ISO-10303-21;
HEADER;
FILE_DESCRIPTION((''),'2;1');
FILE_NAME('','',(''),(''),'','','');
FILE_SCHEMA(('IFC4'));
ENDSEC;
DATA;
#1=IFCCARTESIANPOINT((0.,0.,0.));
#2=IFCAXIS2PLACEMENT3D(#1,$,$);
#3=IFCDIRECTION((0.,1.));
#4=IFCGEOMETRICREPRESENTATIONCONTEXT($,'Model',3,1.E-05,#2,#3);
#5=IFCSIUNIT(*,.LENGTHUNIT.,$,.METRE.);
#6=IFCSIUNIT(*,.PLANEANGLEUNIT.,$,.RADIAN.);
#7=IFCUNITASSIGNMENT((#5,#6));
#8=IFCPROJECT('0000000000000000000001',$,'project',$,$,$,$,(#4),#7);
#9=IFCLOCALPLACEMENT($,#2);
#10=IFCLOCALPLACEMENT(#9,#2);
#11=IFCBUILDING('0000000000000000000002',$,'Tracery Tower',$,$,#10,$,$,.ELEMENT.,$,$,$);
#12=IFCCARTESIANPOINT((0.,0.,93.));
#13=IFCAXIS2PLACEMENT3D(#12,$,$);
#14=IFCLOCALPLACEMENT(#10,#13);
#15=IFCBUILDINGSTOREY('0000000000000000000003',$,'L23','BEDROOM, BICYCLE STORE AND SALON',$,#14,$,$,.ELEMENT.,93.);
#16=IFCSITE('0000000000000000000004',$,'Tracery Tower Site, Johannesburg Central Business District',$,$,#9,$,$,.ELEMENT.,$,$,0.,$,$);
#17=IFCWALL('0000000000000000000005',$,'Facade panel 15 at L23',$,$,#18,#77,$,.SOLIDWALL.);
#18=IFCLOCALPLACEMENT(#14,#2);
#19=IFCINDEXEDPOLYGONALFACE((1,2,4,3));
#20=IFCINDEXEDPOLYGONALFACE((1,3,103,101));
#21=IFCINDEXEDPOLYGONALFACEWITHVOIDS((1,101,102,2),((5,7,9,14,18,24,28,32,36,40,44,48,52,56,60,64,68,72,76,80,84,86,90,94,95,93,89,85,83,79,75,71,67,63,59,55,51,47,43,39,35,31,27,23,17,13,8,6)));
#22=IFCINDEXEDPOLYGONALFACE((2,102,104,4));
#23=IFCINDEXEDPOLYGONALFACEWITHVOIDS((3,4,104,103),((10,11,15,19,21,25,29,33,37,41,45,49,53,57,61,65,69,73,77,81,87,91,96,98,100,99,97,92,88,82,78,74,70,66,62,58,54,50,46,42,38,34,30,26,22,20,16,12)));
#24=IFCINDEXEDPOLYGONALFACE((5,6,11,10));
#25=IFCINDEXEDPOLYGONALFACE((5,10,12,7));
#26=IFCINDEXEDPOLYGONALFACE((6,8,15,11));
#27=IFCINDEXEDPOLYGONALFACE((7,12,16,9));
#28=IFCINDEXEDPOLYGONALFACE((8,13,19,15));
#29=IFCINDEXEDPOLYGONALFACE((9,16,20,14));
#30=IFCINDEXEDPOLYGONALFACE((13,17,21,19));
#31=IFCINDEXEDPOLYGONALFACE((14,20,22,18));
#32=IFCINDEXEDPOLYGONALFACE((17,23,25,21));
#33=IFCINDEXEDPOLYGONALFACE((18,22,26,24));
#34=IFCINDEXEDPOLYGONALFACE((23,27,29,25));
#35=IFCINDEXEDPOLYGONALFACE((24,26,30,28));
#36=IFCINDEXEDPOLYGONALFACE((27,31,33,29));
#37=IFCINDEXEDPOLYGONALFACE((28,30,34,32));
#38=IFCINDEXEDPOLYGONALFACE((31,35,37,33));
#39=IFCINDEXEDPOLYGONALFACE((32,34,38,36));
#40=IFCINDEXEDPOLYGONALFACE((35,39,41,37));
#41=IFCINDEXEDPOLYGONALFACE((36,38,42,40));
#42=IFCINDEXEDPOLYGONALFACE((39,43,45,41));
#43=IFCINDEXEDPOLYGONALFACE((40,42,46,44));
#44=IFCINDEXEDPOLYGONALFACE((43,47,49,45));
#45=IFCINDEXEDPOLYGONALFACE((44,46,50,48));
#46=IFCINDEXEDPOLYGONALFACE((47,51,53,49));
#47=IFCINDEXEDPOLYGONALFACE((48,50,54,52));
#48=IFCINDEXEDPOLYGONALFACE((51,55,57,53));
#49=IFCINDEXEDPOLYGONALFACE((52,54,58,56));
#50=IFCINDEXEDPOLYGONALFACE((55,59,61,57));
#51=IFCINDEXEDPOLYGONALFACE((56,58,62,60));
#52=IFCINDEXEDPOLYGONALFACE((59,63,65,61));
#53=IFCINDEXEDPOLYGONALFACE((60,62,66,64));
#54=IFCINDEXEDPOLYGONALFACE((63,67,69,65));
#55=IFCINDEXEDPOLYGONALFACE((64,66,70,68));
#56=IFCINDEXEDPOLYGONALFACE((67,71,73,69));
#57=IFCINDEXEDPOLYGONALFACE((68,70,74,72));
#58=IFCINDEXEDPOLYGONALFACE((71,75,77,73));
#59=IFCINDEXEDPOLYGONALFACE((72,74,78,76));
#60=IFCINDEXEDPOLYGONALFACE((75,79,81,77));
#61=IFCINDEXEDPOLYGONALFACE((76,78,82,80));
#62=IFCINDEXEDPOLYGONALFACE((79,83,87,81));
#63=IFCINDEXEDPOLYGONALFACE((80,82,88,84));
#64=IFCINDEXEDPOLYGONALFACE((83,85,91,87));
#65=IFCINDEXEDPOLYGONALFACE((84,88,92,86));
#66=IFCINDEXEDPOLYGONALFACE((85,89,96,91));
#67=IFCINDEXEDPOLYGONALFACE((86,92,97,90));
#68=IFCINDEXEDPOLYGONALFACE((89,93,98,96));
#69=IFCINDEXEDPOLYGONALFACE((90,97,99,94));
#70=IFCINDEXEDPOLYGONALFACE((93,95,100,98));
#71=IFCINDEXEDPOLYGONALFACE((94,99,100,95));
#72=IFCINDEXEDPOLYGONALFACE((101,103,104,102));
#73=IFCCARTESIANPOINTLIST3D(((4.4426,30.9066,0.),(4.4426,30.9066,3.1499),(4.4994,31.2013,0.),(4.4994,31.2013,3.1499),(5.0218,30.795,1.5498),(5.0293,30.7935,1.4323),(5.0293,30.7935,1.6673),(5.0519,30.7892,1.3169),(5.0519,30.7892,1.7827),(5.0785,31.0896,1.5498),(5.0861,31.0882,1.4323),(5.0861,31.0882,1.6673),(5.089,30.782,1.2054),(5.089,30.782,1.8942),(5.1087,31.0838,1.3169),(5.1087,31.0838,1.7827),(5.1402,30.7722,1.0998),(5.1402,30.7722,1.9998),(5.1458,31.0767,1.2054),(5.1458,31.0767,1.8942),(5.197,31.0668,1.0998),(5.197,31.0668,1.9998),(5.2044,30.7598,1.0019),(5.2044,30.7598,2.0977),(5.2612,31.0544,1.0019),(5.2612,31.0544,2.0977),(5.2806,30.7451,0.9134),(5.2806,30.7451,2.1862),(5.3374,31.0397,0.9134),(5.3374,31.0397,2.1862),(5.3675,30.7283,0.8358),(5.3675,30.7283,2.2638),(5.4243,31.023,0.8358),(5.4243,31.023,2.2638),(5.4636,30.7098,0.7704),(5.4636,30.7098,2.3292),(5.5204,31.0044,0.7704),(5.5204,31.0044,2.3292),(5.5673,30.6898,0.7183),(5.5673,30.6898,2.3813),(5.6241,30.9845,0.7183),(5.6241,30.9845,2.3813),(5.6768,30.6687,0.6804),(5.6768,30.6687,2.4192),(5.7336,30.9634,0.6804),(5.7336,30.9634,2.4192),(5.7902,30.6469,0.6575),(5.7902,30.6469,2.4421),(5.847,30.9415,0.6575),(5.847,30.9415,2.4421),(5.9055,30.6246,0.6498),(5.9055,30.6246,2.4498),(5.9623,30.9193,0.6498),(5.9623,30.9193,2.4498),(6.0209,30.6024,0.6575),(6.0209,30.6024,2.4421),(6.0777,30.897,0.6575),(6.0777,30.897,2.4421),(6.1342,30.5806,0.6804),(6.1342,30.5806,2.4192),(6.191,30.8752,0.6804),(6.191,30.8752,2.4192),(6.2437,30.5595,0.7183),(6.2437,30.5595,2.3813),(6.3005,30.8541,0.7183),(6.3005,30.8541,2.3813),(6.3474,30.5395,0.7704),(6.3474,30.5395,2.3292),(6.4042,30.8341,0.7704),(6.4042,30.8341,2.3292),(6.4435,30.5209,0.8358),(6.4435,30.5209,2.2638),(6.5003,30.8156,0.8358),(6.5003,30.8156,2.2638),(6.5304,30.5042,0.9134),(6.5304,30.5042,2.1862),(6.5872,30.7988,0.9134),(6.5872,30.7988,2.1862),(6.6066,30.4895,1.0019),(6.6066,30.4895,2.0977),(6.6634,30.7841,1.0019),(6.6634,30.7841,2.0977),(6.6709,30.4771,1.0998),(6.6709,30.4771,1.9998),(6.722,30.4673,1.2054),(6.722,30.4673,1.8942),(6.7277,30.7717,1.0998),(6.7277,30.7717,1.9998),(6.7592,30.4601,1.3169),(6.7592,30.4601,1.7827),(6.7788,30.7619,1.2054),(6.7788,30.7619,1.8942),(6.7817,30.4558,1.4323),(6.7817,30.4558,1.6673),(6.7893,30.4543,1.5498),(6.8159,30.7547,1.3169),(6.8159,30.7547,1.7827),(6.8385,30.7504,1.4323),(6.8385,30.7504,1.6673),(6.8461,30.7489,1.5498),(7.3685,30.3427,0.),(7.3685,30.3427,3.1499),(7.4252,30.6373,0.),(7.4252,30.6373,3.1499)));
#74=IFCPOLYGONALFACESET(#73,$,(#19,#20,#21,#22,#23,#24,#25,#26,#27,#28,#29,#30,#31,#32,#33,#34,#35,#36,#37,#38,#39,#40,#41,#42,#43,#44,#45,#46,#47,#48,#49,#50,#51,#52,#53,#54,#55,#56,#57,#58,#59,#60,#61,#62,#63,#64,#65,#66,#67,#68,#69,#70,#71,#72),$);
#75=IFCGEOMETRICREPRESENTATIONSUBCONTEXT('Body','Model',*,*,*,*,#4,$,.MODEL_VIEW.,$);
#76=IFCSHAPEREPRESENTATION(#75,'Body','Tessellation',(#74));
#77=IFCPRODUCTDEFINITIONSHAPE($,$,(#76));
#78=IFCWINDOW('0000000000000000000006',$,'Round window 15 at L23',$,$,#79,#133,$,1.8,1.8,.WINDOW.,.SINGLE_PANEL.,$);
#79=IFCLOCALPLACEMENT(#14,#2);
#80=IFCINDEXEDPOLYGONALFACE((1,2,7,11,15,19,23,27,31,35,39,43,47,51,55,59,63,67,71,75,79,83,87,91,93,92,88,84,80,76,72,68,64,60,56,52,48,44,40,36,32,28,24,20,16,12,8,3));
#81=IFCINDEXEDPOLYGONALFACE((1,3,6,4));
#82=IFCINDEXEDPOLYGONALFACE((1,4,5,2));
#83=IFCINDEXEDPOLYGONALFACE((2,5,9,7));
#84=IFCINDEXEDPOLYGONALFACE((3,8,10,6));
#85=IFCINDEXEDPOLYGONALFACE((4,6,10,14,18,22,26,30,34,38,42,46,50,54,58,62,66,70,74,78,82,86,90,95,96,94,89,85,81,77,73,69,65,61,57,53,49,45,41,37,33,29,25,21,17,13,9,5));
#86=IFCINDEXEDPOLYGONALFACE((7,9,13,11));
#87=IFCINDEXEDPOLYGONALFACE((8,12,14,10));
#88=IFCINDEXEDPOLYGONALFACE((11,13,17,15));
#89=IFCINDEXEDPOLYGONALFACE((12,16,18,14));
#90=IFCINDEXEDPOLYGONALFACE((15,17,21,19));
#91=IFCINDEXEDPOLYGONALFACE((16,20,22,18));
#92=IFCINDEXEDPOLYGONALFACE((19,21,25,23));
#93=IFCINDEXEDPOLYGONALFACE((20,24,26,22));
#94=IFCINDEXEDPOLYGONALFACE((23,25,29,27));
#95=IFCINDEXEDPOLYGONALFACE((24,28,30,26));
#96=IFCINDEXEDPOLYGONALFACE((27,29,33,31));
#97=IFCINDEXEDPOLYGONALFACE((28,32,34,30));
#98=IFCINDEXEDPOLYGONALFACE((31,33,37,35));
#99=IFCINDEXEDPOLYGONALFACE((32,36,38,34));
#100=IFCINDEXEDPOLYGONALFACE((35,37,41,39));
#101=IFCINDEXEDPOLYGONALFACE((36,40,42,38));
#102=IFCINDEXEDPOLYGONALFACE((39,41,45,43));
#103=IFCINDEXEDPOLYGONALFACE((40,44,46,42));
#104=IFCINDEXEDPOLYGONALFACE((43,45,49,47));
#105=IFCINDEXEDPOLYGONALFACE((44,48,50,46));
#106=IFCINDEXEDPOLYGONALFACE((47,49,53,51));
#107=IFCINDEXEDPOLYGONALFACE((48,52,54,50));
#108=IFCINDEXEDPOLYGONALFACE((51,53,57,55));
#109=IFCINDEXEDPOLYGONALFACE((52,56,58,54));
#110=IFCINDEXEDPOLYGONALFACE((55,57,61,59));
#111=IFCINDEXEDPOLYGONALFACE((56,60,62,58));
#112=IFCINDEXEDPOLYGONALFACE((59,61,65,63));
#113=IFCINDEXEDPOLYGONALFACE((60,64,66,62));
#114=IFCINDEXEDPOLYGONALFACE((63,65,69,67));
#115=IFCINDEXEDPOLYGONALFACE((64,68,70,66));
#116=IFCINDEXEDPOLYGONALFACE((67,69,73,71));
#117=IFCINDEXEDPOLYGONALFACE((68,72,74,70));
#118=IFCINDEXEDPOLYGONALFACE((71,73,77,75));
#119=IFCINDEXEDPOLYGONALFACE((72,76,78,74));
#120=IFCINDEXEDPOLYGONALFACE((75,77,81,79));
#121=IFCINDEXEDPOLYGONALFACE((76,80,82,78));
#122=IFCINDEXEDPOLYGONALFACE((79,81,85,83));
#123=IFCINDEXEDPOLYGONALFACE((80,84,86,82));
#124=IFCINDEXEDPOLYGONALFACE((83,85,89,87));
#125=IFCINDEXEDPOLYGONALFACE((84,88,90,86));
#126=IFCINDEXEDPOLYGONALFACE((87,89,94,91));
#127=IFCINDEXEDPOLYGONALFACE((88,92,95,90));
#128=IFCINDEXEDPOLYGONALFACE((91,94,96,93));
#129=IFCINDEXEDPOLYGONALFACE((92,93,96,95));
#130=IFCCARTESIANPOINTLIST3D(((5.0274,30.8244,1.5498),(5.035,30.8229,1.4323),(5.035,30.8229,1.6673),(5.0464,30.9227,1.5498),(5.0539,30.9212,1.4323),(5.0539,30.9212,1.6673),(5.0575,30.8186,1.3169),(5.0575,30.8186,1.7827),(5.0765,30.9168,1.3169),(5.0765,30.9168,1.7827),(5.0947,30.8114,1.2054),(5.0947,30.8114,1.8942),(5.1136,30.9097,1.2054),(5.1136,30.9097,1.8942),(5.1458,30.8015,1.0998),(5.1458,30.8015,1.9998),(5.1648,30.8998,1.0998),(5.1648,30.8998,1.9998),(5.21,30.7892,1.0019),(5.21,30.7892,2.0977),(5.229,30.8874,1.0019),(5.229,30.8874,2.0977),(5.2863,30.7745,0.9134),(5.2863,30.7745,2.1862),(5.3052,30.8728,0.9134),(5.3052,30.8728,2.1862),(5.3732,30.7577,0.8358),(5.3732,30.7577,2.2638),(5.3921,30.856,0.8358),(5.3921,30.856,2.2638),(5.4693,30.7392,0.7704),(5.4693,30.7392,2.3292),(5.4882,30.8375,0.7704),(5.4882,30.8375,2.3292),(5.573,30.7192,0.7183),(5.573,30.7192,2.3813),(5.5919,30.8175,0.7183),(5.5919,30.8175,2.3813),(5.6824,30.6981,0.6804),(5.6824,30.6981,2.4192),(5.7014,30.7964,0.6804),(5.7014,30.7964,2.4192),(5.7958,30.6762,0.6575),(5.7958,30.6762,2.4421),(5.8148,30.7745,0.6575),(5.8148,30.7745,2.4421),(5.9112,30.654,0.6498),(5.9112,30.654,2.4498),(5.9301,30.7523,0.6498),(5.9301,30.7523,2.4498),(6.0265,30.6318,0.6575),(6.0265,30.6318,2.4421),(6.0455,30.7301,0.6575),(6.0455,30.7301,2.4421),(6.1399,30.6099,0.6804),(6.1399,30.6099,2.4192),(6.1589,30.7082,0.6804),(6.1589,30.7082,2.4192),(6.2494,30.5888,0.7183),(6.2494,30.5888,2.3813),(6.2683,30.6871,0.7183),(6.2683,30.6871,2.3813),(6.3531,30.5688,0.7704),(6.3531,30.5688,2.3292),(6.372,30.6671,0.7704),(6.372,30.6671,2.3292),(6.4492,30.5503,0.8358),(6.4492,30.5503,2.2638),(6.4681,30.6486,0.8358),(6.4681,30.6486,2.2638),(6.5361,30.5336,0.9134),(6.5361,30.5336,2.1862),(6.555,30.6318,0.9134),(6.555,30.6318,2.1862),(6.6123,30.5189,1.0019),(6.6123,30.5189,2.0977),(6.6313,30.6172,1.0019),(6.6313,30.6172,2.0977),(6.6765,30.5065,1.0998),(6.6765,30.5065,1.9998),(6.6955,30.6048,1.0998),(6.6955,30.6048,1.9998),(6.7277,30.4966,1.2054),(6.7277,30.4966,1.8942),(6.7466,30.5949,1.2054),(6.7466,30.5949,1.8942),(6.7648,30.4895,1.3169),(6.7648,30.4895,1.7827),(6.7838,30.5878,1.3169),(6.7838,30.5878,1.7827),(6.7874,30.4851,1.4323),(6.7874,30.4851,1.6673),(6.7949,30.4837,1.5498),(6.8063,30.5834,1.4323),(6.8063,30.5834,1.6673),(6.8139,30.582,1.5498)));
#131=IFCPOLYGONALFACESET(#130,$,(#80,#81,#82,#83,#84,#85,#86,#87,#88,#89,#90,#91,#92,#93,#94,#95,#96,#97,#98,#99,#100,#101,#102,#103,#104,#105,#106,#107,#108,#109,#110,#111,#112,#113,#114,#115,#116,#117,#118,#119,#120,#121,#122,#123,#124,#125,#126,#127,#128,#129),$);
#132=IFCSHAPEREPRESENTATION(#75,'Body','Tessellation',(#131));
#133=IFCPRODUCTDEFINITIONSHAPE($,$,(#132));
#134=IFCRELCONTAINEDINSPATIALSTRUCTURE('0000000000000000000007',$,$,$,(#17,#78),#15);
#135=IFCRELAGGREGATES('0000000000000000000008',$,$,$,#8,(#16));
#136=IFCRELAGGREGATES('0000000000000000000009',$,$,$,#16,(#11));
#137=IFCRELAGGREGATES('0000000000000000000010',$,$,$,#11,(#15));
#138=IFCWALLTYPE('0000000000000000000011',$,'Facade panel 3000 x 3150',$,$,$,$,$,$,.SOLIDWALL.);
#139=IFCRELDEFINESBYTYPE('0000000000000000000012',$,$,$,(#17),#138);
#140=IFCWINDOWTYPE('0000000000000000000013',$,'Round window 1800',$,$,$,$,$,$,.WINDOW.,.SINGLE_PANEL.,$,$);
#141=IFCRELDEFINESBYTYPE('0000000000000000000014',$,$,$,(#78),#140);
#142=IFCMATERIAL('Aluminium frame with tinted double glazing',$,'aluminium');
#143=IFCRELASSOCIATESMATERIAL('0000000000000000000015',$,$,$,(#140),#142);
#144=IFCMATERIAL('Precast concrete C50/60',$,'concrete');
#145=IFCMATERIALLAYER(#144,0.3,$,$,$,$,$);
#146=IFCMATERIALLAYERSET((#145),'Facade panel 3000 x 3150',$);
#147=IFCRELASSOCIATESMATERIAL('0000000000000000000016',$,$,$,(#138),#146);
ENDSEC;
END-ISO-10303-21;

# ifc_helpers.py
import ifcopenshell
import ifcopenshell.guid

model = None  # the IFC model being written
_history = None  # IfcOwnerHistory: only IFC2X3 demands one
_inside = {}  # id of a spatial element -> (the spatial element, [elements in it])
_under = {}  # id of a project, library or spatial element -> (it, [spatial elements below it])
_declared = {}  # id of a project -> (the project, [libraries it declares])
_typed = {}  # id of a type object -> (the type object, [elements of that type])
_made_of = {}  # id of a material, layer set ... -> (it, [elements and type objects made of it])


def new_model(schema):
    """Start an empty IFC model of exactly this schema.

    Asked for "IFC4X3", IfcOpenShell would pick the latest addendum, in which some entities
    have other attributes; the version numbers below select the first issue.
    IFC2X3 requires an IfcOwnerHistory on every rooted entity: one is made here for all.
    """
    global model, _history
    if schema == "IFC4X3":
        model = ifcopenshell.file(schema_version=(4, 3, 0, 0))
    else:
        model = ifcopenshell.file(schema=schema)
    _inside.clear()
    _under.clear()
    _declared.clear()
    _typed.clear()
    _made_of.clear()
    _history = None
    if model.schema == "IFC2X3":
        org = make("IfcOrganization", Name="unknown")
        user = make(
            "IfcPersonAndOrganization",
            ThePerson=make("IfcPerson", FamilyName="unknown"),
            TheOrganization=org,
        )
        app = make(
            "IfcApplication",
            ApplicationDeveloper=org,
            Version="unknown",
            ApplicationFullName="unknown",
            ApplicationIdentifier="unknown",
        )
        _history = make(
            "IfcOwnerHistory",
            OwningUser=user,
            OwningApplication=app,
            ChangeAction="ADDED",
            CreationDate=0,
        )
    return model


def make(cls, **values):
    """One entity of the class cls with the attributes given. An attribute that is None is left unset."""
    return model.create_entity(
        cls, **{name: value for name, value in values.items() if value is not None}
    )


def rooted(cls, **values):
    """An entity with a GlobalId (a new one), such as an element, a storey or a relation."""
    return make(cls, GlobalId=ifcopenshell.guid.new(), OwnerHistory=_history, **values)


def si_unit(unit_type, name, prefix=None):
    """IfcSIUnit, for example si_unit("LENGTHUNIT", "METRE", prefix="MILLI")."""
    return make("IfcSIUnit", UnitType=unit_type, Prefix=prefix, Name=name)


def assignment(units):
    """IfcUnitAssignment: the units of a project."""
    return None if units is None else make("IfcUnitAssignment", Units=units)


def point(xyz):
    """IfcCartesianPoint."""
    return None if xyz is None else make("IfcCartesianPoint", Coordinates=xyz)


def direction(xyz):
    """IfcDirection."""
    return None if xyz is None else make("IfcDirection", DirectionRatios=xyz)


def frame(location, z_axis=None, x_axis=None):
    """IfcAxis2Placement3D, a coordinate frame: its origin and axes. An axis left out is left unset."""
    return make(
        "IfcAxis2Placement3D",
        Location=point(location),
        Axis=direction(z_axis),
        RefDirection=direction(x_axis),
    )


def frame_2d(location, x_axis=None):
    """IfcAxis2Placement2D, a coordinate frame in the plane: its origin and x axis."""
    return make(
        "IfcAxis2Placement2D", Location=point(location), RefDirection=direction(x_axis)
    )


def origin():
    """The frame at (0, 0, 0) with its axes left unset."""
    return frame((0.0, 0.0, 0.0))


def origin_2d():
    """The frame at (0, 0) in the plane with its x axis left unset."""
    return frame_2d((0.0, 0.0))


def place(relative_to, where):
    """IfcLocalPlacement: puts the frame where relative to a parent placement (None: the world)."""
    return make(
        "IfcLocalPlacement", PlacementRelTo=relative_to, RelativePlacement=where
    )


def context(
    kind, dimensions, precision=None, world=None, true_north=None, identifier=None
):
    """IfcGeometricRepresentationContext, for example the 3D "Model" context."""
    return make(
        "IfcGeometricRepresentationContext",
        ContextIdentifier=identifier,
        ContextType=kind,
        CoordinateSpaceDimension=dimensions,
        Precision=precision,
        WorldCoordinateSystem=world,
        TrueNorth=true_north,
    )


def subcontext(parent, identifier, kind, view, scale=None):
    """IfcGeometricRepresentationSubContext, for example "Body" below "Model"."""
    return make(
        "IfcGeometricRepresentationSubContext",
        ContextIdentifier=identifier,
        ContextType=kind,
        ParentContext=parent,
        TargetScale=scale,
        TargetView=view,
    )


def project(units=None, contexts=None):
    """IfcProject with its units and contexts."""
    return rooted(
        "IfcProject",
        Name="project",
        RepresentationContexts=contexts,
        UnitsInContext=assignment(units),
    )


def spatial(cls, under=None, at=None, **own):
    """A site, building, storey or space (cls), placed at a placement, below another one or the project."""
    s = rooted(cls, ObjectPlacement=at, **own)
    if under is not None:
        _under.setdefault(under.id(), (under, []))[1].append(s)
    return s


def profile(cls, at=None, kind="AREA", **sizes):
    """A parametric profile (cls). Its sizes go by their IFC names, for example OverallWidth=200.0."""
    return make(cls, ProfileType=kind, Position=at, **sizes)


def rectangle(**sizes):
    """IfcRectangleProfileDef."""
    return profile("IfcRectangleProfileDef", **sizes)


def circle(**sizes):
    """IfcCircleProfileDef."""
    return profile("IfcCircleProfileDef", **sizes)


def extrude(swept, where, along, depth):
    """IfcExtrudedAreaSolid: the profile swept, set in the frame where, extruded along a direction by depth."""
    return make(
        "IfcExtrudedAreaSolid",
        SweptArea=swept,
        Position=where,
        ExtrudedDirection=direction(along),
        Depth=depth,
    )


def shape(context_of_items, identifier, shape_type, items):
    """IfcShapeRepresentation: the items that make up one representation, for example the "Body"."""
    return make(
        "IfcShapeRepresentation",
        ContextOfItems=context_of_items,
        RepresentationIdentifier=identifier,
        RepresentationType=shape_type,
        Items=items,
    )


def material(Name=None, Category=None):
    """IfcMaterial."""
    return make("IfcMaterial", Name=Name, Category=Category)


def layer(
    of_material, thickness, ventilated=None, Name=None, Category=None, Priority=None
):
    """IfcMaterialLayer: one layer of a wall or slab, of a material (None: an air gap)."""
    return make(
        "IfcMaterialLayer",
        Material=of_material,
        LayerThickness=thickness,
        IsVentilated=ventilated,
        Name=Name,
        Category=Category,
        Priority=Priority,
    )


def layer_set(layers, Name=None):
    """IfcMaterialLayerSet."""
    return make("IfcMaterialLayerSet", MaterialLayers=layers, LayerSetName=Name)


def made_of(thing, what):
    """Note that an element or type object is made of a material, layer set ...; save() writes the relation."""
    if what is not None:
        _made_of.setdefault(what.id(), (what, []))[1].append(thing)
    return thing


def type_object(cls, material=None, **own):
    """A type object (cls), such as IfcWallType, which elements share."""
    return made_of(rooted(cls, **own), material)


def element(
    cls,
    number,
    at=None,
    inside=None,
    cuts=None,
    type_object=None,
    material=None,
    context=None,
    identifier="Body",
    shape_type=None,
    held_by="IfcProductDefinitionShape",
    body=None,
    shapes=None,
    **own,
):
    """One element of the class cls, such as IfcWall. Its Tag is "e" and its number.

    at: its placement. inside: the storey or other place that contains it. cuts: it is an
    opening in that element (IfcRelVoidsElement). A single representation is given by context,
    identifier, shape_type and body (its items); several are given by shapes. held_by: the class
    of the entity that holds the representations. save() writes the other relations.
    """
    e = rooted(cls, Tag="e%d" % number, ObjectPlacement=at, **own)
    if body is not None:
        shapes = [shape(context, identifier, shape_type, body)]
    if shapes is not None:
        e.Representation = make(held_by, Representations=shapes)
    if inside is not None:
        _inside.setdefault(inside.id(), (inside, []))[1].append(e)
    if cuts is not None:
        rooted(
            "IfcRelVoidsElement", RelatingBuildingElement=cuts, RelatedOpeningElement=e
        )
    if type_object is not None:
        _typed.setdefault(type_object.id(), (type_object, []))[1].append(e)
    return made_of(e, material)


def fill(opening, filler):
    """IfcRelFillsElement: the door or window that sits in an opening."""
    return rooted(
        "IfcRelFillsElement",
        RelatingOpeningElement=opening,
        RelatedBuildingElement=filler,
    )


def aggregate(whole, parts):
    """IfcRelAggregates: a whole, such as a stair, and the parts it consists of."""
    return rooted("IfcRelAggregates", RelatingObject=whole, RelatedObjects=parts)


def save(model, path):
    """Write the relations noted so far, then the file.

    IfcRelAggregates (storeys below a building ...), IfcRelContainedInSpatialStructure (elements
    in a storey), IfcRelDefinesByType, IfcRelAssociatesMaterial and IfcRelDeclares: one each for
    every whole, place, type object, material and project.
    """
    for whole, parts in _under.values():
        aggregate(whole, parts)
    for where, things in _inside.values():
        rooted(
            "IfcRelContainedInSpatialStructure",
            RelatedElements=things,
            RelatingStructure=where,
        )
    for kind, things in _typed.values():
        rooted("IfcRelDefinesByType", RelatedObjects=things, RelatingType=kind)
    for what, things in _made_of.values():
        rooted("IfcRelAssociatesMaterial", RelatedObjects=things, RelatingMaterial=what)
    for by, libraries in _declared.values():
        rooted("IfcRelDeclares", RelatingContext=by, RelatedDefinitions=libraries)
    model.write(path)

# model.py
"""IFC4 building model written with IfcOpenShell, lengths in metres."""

from ifc_helpers import new_model, si_unit, direction, frame, frame_2d, origin, origin_2d, place, context, subcontext, project, spatial, rectangle, circle, extrude, material, layer, layer_set, type_object, element, fill, save


model = new_model("IFC4")

# Units and contexts
model_context = context("Model", 3, precision=1e-05, world=origin(), true_north=direction((0.0, 1.0)))
body_context = subcontext(model_context, "Body", "Model", "MODEL_VIEW")
ifc_project = project(units=[si_unit("LENGTHUNIT", "METRE"), si_unit("PLANEANGLEUNIT", "RADIAN")], contexts=[model_context])

# Site, building, storey
site_placement = place(None, origin())
site = spatial("IfcSite", under=ifc_project, at=site_placement, Name="Tracery Tower Site, Johannesburg Central Business District", CompositionType="ELEMENT", RefElevation=0.0)
building_placement = place(site_placement, origin())
building = spatial("IfcBuilding", under=site, at=building_placement, Name="Tracery Tower", CompositionType="ELEMENT")
storey_placement = place(building_placement, frame((0.0, 0.0, 93.0)))
storey = spatial("IfcBuildingStorey", under=building, at=storey_placement, Name="L23", Description="BEDROOM, BICYCLE STORE AND SALON", CompositionType="ELEMENT", Elevation=93.0)

# Wall, opening, window
ifc_material_1 = material(Name="Aluminium frame with tinted double glazing", Category="aluminium")
window_type = type_object("IfcWindowType", Name="Round window 1800", PartitioningType="SINGLE_PANEL", PredefinedType="WINDOW", material=ifc_material_1)
ifc_material_2 = material(Name="Precast concrete C50/60", Category="concrete")
ifc_layer_1 = layer(ifc_material_2, 0.3)
ifc_layer_set_1 = layer_set([ifc_layer_1], Name="Facade panel 3000 x 3150")
wall_type_1 = type_object("IfcWallType", Name="Facade panel 3000 x 3150", PredefinedType="SOLIDWALL", material=ifc_layer_set_1)
wall_1_placement = place(storey_placement, frame((7.3967, 30.49, 0.0), z_axis=(0.0, 0.0, 1.0), x_axis=(-0.981925, 0.189273, 0.0)))
wall_1 = element("IfcWall", 1, at=wall_1_placement, inside=storey, type_object=wall_type_1, Name="Facade panel 15 at L23", PredefinedType="SOLIDWALL", context=body_context, shape_type="SweptSolid", body=[
    extrude(rectangle(XDim=2.9797, YDim=0.3, at=frame_2d((1.4897, 0.0))), origin(), (0.0, 0.0, 1.0), 3.1499),
])
opening_1_placement = place(wall_1_placement, frame((1.4897, 0.0, 1.5498)))
opening_1 = element("IfcOpeningElement", 2, at=opening_1_placement, cuts=wall_1, PredefinedType="OPENING", context=body_context, shape_type="SweptSolid", body=[
    extrude(circle(Radius=0.9, at=origin_2d()), frame((0.0, 0.1599, 0.0), z_axis=(0.0, -1.0, 0.0), x_axis=(1.0, 0.0, 0.0)), (0.0, 0.0, 1.0), 0.3201),
])
window_1_placement = place(opening_1_placement, origin())
window_1 = element("IfcWindow", 3, at=window_1_placement, inside=storey, type_object=window_type, Name="Round window 15 at L23", OverallHeight=1.8, OverallWidth=1.8, PartitioningType="SINGLE_PANEL", PredefinedType="WINDOW", context=body_context, shape_type="SweptSolid", body=[
    extrude(circle(Radius=0.9, at=origin_2d()), frame((0.0, 0.1201, 0.0), z_axis=(0.0, -1.0, 0.0), x_axis=(1.0, 0.0, 0.0)), (0.0, 0.0, 1.0), 0.1001),
])
fill(opening_1, window_1)

save(model, "model.ifc")
